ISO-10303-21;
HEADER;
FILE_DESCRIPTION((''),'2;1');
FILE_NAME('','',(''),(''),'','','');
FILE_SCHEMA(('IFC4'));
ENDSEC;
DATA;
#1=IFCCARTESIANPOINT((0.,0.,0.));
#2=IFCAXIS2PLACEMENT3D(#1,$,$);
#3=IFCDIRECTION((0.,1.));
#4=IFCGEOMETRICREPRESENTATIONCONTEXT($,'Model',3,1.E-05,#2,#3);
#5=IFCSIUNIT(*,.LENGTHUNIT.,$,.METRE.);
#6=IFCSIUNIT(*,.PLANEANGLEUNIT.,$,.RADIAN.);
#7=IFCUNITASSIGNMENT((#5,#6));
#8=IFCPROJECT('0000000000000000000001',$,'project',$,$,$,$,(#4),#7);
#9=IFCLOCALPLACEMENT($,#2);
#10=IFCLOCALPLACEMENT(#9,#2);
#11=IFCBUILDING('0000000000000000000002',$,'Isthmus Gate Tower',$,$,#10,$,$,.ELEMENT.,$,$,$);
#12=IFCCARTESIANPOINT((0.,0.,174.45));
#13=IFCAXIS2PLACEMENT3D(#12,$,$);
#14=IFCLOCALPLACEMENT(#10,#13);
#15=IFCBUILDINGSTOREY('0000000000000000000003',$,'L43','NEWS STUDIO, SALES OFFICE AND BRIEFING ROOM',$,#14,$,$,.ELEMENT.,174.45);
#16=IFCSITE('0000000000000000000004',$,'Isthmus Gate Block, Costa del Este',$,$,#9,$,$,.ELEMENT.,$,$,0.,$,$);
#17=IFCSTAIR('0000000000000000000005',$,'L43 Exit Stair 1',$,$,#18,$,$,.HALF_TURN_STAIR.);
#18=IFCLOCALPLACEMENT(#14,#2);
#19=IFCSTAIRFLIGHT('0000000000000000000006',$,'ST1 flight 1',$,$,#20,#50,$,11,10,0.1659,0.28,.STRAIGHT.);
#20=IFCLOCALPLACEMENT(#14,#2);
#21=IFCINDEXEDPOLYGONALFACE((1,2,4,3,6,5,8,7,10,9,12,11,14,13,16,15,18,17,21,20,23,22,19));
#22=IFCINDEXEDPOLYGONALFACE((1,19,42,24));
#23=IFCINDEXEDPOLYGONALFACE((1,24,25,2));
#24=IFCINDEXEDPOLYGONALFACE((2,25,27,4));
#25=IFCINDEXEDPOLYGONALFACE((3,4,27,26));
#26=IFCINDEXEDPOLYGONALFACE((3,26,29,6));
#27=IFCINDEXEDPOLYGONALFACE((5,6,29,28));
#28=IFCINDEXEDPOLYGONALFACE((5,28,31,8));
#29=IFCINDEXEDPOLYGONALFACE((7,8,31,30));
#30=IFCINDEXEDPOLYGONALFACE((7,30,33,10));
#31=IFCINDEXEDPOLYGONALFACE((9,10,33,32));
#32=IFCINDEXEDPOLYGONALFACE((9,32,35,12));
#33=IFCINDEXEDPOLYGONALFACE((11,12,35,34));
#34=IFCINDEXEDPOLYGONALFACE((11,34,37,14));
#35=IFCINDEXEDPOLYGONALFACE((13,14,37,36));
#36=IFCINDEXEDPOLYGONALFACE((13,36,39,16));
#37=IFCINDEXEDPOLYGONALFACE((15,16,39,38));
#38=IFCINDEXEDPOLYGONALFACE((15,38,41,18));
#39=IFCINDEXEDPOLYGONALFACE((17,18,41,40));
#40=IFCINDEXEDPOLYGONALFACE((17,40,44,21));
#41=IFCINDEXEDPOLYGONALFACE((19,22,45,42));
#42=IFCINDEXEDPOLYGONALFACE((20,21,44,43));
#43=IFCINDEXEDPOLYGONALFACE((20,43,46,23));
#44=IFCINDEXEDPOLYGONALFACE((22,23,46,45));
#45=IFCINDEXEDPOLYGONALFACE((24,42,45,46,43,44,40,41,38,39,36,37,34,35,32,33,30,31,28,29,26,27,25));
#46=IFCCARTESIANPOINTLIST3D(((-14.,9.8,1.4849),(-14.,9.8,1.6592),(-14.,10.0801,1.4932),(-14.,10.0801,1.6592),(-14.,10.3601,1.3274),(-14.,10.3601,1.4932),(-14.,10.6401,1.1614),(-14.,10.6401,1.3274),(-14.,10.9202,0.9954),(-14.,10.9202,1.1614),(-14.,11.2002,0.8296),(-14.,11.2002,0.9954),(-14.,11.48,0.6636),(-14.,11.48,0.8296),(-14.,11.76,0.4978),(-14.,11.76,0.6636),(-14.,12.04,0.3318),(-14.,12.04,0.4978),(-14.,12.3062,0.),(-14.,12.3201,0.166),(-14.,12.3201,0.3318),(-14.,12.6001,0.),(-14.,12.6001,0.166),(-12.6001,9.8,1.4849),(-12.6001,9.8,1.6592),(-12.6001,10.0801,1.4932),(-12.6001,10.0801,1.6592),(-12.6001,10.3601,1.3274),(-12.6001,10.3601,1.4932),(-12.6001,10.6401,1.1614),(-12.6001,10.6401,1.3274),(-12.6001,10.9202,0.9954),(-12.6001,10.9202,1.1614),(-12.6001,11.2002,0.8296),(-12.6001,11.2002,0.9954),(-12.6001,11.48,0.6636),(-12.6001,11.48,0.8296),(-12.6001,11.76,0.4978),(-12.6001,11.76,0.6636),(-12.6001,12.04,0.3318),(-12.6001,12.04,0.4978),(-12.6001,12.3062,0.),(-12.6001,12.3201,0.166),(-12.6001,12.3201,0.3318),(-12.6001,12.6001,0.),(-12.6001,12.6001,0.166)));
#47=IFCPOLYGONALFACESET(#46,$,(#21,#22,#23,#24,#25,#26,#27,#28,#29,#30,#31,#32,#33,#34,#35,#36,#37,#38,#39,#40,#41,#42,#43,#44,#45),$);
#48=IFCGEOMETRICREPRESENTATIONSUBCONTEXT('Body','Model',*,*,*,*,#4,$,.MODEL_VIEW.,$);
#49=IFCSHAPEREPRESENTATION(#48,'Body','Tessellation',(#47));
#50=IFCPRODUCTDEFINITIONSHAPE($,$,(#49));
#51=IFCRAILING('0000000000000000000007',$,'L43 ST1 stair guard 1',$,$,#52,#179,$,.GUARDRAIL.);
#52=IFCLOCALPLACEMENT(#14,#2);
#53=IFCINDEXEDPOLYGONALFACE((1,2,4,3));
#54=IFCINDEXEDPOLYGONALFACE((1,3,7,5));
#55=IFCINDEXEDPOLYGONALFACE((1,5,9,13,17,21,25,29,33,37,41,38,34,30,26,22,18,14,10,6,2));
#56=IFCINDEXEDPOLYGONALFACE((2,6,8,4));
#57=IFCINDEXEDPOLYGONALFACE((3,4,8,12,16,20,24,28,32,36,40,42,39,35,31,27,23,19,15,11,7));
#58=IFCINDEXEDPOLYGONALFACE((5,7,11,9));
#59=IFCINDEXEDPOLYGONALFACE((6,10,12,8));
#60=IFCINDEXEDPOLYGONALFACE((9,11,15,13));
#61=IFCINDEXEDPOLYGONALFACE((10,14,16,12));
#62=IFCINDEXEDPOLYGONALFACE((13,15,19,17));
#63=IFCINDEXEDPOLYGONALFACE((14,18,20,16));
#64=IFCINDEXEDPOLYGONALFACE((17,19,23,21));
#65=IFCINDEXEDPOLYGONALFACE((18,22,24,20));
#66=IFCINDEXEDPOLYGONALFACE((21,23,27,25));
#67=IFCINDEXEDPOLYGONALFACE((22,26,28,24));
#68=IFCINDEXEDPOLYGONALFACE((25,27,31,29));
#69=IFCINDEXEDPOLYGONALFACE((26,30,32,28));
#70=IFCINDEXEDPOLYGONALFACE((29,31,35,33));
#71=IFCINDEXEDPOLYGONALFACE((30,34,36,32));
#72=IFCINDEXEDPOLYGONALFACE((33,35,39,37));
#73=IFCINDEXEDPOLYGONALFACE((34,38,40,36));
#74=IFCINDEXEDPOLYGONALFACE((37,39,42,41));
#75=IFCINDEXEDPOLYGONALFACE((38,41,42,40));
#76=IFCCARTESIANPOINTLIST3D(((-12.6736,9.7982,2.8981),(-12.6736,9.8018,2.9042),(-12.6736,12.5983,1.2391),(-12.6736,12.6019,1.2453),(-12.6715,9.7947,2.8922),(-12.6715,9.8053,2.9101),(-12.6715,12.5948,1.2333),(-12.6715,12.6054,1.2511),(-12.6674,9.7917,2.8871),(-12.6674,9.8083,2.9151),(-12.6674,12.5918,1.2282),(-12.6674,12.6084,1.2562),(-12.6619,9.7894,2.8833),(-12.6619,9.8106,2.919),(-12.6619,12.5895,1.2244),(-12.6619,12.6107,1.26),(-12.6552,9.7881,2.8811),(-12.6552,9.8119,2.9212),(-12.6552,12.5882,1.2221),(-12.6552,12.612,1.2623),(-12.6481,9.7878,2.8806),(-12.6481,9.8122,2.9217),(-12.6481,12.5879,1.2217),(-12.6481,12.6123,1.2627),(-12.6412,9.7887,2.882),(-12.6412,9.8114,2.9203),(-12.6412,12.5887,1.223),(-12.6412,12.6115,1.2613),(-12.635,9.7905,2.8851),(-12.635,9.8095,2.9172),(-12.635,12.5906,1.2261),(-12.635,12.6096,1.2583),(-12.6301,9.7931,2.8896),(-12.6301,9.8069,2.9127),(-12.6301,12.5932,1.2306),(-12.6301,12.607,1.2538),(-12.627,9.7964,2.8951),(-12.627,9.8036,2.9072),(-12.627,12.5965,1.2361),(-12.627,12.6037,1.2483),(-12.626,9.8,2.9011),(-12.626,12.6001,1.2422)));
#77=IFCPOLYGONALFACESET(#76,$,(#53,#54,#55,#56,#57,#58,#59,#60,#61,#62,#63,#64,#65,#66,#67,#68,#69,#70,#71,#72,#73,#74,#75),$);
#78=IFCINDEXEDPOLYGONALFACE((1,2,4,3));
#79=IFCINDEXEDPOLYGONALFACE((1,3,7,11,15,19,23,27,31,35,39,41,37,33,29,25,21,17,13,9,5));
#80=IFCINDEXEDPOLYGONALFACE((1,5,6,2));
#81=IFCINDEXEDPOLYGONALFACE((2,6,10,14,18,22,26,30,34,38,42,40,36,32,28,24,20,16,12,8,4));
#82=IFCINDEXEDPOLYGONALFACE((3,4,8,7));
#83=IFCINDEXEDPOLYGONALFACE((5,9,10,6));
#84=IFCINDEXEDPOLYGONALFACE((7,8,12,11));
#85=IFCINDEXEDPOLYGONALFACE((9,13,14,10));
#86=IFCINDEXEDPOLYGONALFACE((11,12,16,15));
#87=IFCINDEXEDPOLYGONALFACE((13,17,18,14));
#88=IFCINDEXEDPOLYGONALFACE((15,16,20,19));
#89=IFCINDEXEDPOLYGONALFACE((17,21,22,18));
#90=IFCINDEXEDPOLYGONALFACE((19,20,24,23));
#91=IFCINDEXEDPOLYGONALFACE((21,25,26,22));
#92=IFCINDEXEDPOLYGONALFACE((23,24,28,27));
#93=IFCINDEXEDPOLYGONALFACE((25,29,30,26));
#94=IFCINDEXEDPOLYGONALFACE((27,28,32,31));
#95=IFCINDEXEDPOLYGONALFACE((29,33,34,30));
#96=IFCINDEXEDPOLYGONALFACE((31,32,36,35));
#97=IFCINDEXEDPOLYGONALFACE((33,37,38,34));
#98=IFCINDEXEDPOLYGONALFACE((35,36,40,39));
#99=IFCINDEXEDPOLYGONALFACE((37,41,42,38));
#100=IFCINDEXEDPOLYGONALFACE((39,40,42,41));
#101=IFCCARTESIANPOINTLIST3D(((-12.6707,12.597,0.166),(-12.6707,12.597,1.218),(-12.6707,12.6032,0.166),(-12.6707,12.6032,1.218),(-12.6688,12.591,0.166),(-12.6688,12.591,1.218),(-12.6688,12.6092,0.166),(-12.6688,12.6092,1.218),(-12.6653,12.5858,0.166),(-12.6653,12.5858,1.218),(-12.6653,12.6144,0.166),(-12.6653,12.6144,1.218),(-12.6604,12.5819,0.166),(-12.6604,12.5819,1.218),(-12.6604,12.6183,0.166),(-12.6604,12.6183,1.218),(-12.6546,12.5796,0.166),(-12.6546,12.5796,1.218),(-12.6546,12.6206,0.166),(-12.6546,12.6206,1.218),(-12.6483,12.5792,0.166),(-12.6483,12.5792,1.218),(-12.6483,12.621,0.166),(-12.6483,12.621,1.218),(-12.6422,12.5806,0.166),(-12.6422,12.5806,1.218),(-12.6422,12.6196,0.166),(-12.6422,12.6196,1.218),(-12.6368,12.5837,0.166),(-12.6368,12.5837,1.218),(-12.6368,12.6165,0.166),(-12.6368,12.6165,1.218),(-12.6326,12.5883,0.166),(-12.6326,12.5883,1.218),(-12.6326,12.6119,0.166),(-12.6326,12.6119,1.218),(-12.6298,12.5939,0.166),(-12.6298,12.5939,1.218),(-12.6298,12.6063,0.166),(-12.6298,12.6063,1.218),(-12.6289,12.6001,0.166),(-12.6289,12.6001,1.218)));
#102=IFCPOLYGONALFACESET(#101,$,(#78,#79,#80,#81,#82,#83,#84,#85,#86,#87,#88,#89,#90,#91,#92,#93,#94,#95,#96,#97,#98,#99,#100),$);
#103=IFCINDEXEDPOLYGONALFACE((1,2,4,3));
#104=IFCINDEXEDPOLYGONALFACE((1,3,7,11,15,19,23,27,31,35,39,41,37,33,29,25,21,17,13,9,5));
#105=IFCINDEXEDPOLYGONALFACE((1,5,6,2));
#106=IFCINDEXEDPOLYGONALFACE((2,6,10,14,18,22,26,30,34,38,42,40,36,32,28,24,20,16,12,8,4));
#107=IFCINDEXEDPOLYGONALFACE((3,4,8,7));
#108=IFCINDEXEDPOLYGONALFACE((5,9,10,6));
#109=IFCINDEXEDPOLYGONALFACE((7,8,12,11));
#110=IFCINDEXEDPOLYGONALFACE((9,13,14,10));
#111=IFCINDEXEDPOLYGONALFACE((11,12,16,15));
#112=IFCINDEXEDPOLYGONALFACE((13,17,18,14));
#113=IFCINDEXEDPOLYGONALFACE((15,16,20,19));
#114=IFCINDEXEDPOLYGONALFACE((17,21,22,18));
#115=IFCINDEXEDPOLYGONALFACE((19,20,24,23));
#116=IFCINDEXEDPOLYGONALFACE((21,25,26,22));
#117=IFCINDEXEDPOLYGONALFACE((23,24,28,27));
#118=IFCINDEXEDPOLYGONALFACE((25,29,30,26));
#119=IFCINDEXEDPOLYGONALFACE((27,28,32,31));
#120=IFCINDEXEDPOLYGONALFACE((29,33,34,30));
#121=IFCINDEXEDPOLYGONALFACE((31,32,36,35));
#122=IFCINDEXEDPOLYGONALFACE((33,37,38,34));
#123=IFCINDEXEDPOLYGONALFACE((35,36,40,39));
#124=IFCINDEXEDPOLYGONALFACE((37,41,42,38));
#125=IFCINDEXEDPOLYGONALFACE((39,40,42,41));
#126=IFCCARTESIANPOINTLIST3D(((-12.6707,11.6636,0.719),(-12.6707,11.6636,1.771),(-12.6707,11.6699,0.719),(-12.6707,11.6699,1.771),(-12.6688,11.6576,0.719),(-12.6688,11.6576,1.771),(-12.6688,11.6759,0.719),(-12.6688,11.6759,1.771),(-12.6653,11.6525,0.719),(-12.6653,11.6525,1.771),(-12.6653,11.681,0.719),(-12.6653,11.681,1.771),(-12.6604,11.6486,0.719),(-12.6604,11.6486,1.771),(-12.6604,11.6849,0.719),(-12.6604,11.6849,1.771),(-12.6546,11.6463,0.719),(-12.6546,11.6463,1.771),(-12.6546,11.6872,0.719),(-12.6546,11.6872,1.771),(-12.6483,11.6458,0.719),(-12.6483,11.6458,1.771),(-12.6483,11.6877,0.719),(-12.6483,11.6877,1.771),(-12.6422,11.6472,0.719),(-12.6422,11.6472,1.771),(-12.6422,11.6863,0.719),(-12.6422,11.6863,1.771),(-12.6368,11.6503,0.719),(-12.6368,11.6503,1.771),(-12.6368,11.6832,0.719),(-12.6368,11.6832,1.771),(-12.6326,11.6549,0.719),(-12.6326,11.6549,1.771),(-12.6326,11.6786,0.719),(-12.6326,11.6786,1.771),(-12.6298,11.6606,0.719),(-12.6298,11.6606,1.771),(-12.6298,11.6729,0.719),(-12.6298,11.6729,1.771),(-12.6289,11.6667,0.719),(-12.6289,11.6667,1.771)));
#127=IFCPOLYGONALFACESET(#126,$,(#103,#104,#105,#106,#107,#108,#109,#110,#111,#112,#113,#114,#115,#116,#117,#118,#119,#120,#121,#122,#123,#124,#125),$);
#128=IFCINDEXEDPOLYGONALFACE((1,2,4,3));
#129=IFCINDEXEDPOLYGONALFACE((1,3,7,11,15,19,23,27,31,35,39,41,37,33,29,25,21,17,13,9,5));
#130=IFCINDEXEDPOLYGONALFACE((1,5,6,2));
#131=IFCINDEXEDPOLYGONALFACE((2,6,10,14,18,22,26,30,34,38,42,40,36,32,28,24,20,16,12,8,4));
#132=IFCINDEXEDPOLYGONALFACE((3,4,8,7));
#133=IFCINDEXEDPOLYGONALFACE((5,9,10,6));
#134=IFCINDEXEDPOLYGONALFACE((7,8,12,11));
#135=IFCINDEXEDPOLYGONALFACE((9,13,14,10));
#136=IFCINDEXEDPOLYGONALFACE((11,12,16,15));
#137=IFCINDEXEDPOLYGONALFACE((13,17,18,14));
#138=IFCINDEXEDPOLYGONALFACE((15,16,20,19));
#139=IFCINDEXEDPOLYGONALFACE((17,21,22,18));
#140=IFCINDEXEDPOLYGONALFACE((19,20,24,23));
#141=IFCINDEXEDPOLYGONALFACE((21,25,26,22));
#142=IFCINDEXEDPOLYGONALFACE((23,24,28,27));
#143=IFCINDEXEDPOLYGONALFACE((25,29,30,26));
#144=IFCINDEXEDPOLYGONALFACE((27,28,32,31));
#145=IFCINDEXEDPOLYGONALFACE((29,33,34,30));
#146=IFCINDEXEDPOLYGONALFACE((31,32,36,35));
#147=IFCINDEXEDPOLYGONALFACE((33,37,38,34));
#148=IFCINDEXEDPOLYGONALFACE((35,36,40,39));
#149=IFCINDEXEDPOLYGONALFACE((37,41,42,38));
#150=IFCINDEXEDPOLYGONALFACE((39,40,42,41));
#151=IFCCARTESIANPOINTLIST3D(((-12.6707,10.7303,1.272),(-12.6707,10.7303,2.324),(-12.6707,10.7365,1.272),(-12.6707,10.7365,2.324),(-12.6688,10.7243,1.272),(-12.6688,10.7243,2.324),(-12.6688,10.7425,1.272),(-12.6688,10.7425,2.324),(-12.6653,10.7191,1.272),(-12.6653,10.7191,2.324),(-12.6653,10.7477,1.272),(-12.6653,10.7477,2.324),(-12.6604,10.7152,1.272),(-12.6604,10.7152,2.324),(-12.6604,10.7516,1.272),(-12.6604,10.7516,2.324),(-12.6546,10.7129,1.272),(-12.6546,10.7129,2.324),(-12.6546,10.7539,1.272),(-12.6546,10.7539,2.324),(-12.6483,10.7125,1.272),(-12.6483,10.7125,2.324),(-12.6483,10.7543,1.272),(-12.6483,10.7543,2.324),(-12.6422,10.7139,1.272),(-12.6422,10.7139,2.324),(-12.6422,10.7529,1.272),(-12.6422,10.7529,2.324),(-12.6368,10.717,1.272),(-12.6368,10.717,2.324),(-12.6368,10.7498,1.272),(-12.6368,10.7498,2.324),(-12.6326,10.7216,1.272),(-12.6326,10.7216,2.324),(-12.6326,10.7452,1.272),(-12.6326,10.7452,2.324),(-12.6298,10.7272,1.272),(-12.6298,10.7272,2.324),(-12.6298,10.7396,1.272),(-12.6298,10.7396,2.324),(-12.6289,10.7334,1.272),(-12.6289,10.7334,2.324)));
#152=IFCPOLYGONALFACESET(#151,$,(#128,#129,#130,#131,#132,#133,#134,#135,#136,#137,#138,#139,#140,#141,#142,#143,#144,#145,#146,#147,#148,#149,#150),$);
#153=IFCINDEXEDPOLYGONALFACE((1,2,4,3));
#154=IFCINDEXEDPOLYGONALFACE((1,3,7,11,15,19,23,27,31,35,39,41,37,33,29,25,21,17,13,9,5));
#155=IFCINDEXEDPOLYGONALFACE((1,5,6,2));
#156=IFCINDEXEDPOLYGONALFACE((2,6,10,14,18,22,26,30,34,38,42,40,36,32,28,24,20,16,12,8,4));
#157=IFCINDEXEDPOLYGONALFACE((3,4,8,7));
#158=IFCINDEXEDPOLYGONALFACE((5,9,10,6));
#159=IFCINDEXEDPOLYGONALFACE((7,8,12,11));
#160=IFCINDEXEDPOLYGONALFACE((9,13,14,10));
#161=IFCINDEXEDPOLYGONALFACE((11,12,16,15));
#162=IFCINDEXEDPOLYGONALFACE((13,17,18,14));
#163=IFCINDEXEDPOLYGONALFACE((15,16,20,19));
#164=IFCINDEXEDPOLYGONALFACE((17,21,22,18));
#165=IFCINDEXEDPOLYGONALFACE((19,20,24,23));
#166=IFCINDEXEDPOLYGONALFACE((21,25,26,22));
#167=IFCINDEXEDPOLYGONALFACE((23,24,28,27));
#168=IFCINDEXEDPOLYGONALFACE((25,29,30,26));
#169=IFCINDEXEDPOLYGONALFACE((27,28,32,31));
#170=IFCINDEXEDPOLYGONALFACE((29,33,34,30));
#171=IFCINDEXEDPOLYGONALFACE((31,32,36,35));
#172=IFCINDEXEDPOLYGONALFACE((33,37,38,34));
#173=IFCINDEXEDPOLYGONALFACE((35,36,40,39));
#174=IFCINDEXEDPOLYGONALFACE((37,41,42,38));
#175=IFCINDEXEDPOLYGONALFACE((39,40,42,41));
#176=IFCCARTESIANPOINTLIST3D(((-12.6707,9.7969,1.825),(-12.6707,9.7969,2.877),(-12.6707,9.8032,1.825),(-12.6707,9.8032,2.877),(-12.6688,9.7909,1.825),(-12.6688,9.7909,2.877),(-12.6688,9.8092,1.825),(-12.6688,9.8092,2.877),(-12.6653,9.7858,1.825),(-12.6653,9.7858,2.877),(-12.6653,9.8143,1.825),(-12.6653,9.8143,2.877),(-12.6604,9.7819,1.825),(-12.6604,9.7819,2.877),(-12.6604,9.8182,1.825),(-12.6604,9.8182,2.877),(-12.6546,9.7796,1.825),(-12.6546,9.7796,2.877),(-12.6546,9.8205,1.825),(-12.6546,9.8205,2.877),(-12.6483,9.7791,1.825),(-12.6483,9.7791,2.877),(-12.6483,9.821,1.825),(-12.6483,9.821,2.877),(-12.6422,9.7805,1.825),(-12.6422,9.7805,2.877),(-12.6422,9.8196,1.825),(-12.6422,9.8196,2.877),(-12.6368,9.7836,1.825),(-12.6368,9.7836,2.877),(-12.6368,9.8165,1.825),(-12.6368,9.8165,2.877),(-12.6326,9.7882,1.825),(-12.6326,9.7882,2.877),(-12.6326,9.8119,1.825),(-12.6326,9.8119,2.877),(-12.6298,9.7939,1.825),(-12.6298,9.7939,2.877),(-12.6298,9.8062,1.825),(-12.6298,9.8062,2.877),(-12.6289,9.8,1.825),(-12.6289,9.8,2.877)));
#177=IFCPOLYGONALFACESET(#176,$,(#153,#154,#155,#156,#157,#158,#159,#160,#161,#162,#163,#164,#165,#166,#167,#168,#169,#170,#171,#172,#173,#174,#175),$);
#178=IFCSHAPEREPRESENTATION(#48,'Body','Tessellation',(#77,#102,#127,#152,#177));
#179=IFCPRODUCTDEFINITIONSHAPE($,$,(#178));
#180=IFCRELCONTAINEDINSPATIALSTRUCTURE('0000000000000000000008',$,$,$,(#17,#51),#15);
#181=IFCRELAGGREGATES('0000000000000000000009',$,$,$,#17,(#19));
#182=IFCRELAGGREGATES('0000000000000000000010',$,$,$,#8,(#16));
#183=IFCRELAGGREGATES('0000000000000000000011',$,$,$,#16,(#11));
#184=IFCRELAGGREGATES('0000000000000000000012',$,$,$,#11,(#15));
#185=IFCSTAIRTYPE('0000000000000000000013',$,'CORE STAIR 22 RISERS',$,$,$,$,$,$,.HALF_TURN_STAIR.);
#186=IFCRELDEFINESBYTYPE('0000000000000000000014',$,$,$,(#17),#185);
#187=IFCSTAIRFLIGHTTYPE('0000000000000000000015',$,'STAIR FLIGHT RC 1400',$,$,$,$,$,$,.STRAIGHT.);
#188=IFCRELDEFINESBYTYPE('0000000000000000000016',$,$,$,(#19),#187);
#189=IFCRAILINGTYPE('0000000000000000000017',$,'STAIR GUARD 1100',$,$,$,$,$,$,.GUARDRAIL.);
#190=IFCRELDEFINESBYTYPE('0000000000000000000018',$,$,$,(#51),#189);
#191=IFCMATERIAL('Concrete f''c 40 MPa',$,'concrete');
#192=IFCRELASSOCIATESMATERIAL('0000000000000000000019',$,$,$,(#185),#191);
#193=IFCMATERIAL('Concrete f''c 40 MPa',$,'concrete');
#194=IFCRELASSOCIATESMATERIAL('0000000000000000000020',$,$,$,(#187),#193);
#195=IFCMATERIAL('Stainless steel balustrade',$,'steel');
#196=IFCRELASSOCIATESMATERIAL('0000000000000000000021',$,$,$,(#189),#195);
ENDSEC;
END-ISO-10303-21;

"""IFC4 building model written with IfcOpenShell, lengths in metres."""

from ifc_helpers import new_model, si_unit, direction, frame, origin, origin_2d, place, context, subcontext, project, spatial, polyline, circle, outline, extrude, material, type_object, element, aggregate, save


model = new_model("IFC4")

# Units and contexts
model_context = context("Model", 3, precision=1e-05, world=origin(), true_north=direction((0.0, 1.0)))
body_context = subcontext(model_context, "Body", "Model", "MODEL_VIEW")
ifc_project = project(units=[si_unit("LENGTHUNIT", "METRE"), si_unit("PLANEANGLEUNIT", "RADIAN")], contexts=[model_context])

# Site, building, storey
site_placement = place(None, origin())
site = spatial("IfcSite", under=ifc_project, at=site_placement, Name="Isthmus Gate Block, Costa del Este", CompositionType="ELEMENT", RefElevation=0.0)
building_placement = place(site_placement, origin())
building = spatial("IfcBuilding", under=site, at=building_placement, Name="Isthmus Gate Tower", CompositionType="ELEMENT")
storey_placement = place(building_placement, frame((0.0, 0.0, 174.45)))
storey = spatial("IfcBuildingStorey", under=building, at=storey_placement, Name="L43", Description="NEWS STUDIO, SALES OFFICE AND BRIEFING ROOM", CompositionType="ELEMENT", Elevation=174.45)

# Stair, stair flight
ifc_material_1 = material(Name="Concrete f'c 40 MPa", Category="concrete")
stair_type = type_object("IfcStairType", Name="CORE STAIR 22 RISERS", PredefinedType="HALF_TURN_STAIR", material=ifc_material_1)
stair_placement = place(storey_placement, origin())
stair = element("IfcStair", 1, at=stair_placement, inside=storey, type_object=stair_type, Name="L43 Exit Stair 1", PredefinedType="HALF_TURN_STAIR")
ifc_material_2 = material(Name="Concrete f'c 40 MPa", Category="concrete")
stair_flight_type = type_object("IfcStairFlightType", Name="STAIR FLIGHT RC 1400", PredefinedType="STRAIGHT", material=ifc_material_2)
stair_flight_placement = place(storey_placement, frame((-13.3, 12.6001, 0.0), z_axis=(0.0, 0.0, 1.0), x_axis=(0.0, -1.0, 0.0)))
stair_flight = element("IfcStairFlight", 2, at=stair_flight_placement, type_object=stair_flight_type, Name="ST1 flight 1", NumberOfRisers=11, NumberOfTreads=10, PredefinedType="STRAIGHT", RiserHeight=0.1659, TreadLength=0.28, context=body_context, shape_type="SweptSolid", body=[
    extrude(outline(polyline([(0.0, 0.0), (0.0, 0.166), (0.28, 0.166), (0.28, 0.3318), (0.5601, 0.3318), (0.5601, 0.4978), (0.8401, 0.4978), (0.8401, 0.6636), (1.1201, 0.6636), (1.1201, 0.8296), (1.3999, 0.8296), (1.3999, 0.9954), (1.6799, 0.9954), (1.6799, 1.1614), (1.96, 1.1614), (1.96, 1.3274), (2.24, 1.3274), (2.24, 1.4932), (2.52, 1.4932), (2.52, 1.6592), (2.8, 1.6592), (2.8, 1.825), (2.8, 1.4849), (0.2939, 0.0), (0.0, 0.0)])), frame((0.0, 0.7, 0.0), z_axis=(0.0, -1.0, 0.0), x_axis=(1.0, 0.0, 0.0)), (0.0, 0.0, 1.0), 1.3999),
])
aggregate(stair, [stair_flight])

# Railing
ifc_material_3 = material(Name="Stainless steel balustrade", Category="steel")
railing_type_1 = type_object("IfcRailingType", Name="STAIR GUARD 1100", PredefinedType="GUARDRAIL", material=ifc_material_3)
railing_1_placement = place(storey_placement, frame((-12.6499, 12.6001, 0.166)))
element("IfcRailing", 3, at=railing_1_placement, inside=storey, type_object=railing_type_1, Name="L43 ST1 stair guard 1", PredefinedType="GUARDRAIL", context=body_context, shape_type="SweptSolid", body=[
    extrude(circle(Radius=0.0239, at=origin_2d()), frame((0.0, 0.0, 1.0762), z_axis=(0.0, -0.860339, 0.509722), x_axis=(1.0, 0.0, 0.0)), (0.0, 0.0, 1.0), 3.2546),
    extrude(circle(Radius=0.021, at=origin_2d()), origin(), (0.0, 0.0, 1.0), 1.052),
    extrude(circle(Radius=0.021, at=origin_2d()), frame((0.0, -0.9333, 0.553)), (0.0, 0.0, 1.0), 1.052),
    extrude(circle(Radius=0.021, at=origin_2d()), frame((0.0, -1.8667, 1.106)), (0.0, 0.0, 1.0), 1.052),
    extrude(circle(Radius=0.021, at=origin_2d()), frame((0.0, -2.8, 1.6589)), (0.0, 0.0, 1.0), 1.052),
])

save(model, "model.ifc")
